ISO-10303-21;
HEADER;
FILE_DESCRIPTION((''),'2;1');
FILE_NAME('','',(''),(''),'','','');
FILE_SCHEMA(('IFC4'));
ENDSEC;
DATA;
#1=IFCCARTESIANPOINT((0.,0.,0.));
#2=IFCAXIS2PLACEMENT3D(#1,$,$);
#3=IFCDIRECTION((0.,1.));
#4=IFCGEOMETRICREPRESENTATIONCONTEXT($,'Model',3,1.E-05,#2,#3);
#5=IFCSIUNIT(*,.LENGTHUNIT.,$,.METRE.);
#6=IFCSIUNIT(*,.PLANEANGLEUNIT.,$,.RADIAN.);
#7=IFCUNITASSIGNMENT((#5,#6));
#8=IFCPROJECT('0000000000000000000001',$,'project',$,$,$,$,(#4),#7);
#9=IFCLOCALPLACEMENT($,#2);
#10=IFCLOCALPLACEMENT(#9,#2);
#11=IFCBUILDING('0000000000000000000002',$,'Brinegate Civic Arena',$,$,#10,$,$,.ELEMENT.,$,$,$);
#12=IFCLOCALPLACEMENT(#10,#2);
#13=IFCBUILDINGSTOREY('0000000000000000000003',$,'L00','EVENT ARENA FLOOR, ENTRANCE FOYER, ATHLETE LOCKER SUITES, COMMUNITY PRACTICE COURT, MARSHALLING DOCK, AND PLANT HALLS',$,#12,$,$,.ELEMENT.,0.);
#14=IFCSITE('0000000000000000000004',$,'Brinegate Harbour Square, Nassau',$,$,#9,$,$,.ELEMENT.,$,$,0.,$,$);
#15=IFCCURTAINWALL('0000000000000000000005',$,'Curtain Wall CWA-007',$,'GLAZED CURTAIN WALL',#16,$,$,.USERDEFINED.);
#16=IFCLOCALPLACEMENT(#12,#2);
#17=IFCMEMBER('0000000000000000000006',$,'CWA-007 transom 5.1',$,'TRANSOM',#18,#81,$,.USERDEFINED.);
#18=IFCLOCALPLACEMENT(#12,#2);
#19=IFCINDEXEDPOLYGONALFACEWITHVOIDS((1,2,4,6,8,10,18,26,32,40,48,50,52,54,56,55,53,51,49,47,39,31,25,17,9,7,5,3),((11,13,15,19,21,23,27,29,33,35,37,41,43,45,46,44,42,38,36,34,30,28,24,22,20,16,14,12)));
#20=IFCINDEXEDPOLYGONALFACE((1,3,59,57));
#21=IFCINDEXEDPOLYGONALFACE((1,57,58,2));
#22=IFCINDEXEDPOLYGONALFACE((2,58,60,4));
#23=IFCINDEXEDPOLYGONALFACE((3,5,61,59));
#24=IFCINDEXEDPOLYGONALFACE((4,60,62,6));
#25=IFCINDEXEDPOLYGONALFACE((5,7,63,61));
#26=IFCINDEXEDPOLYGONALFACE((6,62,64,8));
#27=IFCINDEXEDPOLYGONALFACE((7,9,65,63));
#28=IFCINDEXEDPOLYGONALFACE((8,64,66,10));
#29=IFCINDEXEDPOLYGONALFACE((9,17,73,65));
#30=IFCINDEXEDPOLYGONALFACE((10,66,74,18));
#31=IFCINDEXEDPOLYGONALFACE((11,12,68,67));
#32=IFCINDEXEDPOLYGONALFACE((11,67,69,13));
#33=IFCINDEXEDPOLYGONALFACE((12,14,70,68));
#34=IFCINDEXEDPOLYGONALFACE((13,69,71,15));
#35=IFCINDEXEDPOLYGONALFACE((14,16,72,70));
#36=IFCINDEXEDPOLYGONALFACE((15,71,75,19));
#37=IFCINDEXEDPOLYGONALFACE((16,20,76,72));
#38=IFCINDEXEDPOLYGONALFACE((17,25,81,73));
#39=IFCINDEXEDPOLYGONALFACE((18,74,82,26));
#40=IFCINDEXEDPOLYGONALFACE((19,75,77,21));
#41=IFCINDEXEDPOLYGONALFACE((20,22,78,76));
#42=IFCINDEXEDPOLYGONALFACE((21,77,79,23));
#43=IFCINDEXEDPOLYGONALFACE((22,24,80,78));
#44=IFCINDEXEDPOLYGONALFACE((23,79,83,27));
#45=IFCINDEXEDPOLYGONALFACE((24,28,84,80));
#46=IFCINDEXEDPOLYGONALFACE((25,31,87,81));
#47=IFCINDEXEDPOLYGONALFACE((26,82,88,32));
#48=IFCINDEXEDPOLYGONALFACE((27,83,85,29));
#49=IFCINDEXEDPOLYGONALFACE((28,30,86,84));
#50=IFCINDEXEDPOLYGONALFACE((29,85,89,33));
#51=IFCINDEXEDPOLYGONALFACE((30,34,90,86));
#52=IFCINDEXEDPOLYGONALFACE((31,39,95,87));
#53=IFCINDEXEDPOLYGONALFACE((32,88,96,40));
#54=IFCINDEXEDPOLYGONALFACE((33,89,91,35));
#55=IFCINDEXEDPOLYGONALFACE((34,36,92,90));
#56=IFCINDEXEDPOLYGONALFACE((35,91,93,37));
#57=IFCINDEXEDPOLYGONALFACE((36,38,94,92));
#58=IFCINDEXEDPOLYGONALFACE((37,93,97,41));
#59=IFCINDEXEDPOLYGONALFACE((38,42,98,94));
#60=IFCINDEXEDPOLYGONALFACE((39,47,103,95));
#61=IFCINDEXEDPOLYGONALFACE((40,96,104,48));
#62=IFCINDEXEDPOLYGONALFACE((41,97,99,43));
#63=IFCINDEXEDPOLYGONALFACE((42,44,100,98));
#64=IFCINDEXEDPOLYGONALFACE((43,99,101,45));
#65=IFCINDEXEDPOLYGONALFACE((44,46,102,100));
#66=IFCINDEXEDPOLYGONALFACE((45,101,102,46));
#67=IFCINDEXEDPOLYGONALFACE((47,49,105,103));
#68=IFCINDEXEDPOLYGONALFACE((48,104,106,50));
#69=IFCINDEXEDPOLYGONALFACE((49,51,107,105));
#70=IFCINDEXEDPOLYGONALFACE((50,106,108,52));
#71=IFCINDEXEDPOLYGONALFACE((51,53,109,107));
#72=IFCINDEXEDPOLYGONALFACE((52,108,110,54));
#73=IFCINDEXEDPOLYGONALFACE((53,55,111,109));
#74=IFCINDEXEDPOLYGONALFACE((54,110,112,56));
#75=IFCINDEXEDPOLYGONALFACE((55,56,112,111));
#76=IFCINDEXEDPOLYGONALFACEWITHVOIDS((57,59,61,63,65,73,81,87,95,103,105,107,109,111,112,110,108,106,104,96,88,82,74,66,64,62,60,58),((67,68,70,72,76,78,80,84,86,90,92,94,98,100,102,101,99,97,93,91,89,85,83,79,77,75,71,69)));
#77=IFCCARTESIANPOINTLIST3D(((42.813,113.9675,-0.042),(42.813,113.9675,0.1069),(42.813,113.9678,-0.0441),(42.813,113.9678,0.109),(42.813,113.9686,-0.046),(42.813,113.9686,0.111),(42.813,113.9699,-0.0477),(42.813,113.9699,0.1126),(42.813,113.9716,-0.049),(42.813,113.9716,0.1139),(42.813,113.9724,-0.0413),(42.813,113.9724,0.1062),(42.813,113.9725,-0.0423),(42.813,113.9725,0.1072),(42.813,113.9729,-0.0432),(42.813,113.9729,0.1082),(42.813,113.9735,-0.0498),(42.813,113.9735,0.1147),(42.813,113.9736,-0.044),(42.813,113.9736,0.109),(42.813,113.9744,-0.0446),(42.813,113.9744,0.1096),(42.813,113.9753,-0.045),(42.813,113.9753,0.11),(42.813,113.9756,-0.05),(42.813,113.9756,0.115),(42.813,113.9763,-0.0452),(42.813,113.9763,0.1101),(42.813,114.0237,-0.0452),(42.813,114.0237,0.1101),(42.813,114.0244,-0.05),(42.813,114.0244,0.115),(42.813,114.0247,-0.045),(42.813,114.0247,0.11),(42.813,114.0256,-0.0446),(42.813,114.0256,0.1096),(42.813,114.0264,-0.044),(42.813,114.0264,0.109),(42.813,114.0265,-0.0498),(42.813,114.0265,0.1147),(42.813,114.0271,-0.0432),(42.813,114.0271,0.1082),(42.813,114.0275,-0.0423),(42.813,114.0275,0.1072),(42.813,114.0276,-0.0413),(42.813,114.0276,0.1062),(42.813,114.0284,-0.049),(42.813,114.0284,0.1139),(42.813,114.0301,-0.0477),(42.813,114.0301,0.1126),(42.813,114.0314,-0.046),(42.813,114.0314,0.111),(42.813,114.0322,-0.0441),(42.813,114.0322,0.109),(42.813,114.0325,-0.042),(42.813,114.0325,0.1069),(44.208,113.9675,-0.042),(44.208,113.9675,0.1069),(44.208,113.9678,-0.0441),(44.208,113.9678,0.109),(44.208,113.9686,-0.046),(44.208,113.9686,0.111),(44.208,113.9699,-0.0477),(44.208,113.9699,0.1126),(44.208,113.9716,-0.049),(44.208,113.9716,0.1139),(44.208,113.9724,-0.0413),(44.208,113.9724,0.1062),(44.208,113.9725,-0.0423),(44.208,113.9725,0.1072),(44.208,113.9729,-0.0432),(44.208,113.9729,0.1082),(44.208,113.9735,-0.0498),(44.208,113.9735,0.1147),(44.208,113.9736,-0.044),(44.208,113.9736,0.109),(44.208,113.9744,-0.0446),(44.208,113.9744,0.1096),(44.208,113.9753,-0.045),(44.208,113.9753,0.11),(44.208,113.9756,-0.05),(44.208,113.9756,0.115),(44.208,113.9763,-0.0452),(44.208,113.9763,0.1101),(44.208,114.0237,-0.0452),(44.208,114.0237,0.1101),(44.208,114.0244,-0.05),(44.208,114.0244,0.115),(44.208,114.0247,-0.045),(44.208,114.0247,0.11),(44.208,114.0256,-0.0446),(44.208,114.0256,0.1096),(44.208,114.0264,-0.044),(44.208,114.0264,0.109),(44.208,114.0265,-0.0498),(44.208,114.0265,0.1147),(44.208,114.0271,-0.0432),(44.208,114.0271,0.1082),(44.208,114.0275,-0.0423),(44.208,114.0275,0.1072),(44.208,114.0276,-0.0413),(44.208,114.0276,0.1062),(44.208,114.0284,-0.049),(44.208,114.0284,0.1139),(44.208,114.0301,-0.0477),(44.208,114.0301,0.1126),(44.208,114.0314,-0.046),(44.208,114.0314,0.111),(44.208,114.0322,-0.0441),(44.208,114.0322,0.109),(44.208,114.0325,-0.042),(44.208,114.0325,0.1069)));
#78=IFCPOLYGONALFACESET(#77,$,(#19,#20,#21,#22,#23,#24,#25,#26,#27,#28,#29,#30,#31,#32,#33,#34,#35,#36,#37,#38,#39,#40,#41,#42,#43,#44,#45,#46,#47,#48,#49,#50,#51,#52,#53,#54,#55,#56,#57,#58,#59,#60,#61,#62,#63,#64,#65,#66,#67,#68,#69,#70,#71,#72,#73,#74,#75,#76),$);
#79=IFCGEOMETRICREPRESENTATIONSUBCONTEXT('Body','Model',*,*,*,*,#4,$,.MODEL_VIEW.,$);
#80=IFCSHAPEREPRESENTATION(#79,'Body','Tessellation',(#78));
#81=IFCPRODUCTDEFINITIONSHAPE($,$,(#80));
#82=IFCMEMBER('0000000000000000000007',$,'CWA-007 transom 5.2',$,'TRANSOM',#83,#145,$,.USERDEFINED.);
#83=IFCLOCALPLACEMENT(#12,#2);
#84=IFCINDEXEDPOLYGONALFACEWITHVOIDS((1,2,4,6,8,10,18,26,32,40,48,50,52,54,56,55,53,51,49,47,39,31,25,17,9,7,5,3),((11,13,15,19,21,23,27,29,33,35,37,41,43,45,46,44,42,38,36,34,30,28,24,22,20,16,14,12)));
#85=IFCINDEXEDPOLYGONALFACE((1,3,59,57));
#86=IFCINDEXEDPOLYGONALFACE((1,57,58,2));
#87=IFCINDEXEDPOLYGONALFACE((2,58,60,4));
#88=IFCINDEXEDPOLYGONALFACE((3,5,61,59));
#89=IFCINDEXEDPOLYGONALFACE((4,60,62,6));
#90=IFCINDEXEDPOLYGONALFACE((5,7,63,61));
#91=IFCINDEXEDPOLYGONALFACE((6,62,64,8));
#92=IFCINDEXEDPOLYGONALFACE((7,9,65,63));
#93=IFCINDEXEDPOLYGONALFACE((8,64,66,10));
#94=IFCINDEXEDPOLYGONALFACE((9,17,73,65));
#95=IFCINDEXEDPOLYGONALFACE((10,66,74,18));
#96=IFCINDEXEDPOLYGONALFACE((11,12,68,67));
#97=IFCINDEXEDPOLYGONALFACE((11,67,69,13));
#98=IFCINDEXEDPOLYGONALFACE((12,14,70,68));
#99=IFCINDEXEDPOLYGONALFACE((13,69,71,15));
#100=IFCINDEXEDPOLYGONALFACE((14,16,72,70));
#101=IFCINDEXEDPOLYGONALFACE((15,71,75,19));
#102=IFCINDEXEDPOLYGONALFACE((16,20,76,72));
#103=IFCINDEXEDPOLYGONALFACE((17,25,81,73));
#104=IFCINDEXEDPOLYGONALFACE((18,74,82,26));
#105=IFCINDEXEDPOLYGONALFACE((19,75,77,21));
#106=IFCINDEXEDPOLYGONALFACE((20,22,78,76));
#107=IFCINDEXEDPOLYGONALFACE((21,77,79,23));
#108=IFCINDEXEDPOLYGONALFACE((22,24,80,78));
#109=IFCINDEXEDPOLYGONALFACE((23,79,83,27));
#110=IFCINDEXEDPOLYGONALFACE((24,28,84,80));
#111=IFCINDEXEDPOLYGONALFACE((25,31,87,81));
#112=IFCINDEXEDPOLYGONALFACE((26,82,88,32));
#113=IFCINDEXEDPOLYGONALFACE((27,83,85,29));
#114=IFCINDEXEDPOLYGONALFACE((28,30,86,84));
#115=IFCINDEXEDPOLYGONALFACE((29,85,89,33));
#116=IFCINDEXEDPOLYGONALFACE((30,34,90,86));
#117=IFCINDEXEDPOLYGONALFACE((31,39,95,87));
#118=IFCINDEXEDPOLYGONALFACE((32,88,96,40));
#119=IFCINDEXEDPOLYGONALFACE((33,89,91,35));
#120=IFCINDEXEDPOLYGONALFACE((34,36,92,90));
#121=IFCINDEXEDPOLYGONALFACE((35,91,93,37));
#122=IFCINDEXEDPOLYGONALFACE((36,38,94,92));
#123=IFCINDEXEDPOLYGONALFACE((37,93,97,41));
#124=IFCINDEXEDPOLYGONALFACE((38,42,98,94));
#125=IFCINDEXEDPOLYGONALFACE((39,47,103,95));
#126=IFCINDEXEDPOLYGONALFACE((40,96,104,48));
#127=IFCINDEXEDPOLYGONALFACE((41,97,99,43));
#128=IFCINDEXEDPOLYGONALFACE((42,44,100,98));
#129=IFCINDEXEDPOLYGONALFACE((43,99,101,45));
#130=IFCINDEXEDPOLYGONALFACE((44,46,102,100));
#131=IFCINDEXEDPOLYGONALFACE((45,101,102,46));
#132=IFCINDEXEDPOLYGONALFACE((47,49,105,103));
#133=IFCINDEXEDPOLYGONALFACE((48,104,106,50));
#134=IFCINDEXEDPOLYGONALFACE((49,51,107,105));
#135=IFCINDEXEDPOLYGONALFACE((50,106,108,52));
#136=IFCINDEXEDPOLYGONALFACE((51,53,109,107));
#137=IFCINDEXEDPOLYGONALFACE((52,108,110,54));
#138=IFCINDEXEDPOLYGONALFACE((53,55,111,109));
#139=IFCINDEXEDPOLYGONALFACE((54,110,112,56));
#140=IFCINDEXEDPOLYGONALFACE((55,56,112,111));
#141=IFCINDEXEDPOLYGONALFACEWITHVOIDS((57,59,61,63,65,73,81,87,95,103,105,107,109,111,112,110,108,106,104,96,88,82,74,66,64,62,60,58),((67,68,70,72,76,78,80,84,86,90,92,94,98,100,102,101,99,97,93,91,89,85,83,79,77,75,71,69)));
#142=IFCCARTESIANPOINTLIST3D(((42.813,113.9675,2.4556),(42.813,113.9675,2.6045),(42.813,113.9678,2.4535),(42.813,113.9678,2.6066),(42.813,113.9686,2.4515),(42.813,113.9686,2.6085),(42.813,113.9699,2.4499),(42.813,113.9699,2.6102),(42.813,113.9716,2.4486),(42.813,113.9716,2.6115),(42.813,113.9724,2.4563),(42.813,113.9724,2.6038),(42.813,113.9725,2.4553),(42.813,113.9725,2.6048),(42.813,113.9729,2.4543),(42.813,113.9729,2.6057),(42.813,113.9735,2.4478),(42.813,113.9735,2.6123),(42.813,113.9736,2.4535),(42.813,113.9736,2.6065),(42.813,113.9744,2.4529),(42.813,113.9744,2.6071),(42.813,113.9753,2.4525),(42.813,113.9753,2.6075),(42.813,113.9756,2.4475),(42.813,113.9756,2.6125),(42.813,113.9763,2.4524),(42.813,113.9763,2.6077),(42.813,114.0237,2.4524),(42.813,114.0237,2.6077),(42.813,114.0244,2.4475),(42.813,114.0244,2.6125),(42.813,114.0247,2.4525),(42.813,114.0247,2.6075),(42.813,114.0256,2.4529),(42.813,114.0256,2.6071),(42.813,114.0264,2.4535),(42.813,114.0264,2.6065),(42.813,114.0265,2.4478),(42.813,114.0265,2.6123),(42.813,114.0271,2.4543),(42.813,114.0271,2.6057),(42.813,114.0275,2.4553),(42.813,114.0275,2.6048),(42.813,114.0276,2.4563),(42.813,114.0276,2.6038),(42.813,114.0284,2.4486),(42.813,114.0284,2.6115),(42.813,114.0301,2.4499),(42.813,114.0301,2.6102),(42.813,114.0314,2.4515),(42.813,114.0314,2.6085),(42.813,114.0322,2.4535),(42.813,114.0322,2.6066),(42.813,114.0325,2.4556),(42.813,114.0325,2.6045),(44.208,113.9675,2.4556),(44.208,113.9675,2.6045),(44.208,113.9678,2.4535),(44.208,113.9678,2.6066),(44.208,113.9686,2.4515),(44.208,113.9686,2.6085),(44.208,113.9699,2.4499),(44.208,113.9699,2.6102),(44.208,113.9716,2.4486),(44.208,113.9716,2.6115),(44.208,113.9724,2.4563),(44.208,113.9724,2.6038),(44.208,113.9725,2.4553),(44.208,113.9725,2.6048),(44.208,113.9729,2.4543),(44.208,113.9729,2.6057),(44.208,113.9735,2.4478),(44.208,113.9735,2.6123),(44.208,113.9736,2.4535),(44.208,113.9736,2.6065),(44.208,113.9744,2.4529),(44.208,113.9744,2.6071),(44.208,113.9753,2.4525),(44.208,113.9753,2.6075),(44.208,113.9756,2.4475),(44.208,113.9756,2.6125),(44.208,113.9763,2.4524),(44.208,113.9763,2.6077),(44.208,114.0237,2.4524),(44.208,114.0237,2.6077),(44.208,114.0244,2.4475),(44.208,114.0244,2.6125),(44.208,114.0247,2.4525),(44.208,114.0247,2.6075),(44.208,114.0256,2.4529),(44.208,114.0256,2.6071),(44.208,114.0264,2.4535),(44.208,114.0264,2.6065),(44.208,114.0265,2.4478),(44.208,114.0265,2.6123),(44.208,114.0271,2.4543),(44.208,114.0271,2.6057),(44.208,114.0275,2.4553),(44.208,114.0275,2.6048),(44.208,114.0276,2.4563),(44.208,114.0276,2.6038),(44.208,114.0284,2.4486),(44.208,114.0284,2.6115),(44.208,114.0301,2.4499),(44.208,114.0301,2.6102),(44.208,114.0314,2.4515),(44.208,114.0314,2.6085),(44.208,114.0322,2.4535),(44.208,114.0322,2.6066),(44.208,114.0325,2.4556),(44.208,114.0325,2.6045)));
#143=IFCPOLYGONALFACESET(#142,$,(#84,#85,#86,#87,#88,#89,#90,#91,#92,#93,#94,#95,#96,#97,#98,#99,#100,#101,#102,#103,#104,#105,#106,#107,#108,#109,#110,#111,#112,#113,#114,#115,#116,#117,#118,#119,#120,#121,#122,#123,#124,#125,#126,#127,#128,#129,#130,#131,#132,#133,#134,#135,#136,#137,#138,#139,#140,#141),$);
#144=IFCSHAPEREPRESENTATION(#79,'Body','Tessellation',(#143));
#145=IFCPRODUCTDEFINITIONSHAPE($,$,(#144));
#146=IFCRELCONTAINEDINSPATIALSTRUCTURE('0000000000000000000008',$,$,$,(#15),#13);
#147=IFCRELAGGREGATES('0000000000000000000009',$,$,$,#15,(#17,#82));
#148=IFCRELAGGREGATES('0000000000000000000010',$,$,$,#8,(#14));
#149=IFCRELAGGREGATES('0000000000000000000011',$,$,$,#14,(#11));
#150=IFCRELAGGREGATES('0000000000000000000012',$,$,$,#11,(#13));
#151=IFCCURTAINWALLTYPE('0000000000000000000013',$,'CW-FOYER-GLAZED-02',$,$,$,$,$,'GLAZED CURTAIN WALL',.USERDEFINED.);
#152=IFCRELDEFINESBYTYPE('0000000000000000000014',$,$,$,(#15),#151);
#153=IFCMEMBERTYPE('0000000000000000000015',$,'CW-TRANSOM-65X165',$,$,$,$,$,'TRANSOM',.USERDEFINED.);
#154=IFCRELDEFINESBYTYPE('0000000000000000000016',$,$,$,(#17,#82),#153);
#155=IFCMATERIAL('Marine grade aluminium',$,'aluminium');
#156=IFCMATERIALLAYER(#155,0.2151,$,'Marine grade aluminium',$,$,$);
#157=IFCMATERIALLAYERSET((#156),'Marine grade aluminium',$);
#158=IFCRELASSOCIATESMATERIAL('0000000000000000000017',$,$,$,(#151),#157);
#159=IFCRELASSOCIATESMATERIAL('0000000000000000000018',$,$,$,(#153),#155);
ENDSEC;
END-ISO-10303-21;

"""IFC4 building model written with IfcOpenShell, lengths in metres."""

from ifc_helpers import new_model, si_unit, direction, frame, origin, origin_2d, place, context, subcontext, project, spatial, hollow_rectangle, extrude, material, layer, layer_set, material_profile, profile_set, type_object, element, aggregate, save


model = new_model("IFC4")

# Units and contexts
model_context = context("Model", 3, precision=1e-05, world=origin(), true_north=direction((0.0, 1.0)))
body_context = subcontext(model_context, "Body", "Model", "MODEL_VIEW")
ifc_project = project(units=[si_unit("LENGTHUNIT", "METRE"), si_unit("PLANEANGLEUNIT", "RADIAN")], contexts=[model_context])

# Site, building, storey
site_placement = place(None, origin())
site = spatial("IfcSite", under=ifc_project, at=site_placement, Name="Brinegate Harbour Square, Nassau", CompositionType="ELEMENT", RefElevation=0.0)
building_placement = place(site_placement, origin())
building = spatial("IfcBuilding", under=site, at=building_placement, Name="Brinegate Civic Arena", CompositionType="ELEMENT")
storey_placement = place(building_placement, origin())
storey = spatial("IfcBuildingStorey", under=building, at=storey_placement, Name="L00", Description="EVENT ARENA FLOOR, ENTRANCE FOYER, ATHLETE LOCKER SUITES, COMMUNITY PRACTICE COURT, MARSHALLING DOCK, AND PLANT HALLS", CompositionType="ELEMENT", Elevation=0.0)

# Curtain wall, members
ifc_material_1 = material(Name="Marine grade aluminium", Category="aluminium")
ifc_layer_1 = layer(ifc_material_1, 0.2151, Name="Marine grade aluminium")
ifc_layer_set_1 = layer_set([ifc_layer_1], Name="Marine grade aluminium")
curtain_wall_type = type_object("IfcCurtainWallType", Name="CW-FOYER-GLAZED-02", ElementType="GLAZED CURTAIN WALL", PredefinedType="USERDEFINED", material=ifc_layer_set_1)
curtain_wall_placement = place(storey_placement, origin())
curtain_wall = element("IfcCurtainWall", 1, at=curtain_wall_placement, inside=storey, type_object=curtain_wall_type, Name="Curtain Wall CWA-007", ObjectType="GLAZED CURTAIN WALL", PredefinedType="USERDEFINED")
ifc_material_profile_1 = material_profile(ifc_material_1, hollow_rectangle(XDim=0.0649, YDim=0.165, WallThickness=0.0049, InnerFilletRadius=0.0039, OuterFilletRadius=0.0081, at=origin_2d()), Name="TRN65X165")
ifc_profile_set_1 = profile_set([ifc_material_profile_1], Name="Marine grade aluminium")
member_type_1 = type_object("IfcMemberType", Name="CW-TRANSOM-65X165", ElementType="TRANSOM", PredefinedType="USERDEFINED", material=ifc_profile_set_1)
member_1_placement = place(storey_placement, frame((42.813, 114.0, 0.0325), z_axis=(1.0, 0.0, 0.0), x_axis=(0.0, 1.0, 0.0)))
member_1 = element("IfcMember", 2, at=member_1_placement, type_object=member_type_1, Name="CWA-007 transom 5.1", ObjectType="TRANSOM", PredefinedType="USERDEFINED", context=body_context, shape_type="SweptSolid", body=[
    extrude(hollow_rectangle(XDim=0.0649, YDim=0.165, WallThickness=0.0049, InnerFilletRadius=0.0039, OuterFilletRadius=0.0081, at=origin_2d()), origin(), (0.0, 0.0, 1.0), 1.395),
])
member_2_placement = place(storey_placement, frame((42.813, 114.0, 2.53), z_axis=(1.0, 0.0, 0.0), x_axis=(0.0, 1.0, 0.0)))
member_2 = element("IfcMember", 3, at=member_2_placement, type_object=member_type_1, Name="CWA-007 transom 5.2", ObjectType="TRANSOM", PredefinedType="USERDEFINED", context=body_context, shape_type="SweptSolid", body=[
    extrude(hollow_rectangle(XDim=0.0649, YDim=0.165, WallThickness=0.0049, InnerFilletRadius=0.0039, OuterFilletRadius=0.0081, at=origin_2d()), origin(), (0.0, 0.0, 1.0), 1.395),
])
aggregate(curtain_wall, [member_1, member_2])

save(model, "model.ifc")
